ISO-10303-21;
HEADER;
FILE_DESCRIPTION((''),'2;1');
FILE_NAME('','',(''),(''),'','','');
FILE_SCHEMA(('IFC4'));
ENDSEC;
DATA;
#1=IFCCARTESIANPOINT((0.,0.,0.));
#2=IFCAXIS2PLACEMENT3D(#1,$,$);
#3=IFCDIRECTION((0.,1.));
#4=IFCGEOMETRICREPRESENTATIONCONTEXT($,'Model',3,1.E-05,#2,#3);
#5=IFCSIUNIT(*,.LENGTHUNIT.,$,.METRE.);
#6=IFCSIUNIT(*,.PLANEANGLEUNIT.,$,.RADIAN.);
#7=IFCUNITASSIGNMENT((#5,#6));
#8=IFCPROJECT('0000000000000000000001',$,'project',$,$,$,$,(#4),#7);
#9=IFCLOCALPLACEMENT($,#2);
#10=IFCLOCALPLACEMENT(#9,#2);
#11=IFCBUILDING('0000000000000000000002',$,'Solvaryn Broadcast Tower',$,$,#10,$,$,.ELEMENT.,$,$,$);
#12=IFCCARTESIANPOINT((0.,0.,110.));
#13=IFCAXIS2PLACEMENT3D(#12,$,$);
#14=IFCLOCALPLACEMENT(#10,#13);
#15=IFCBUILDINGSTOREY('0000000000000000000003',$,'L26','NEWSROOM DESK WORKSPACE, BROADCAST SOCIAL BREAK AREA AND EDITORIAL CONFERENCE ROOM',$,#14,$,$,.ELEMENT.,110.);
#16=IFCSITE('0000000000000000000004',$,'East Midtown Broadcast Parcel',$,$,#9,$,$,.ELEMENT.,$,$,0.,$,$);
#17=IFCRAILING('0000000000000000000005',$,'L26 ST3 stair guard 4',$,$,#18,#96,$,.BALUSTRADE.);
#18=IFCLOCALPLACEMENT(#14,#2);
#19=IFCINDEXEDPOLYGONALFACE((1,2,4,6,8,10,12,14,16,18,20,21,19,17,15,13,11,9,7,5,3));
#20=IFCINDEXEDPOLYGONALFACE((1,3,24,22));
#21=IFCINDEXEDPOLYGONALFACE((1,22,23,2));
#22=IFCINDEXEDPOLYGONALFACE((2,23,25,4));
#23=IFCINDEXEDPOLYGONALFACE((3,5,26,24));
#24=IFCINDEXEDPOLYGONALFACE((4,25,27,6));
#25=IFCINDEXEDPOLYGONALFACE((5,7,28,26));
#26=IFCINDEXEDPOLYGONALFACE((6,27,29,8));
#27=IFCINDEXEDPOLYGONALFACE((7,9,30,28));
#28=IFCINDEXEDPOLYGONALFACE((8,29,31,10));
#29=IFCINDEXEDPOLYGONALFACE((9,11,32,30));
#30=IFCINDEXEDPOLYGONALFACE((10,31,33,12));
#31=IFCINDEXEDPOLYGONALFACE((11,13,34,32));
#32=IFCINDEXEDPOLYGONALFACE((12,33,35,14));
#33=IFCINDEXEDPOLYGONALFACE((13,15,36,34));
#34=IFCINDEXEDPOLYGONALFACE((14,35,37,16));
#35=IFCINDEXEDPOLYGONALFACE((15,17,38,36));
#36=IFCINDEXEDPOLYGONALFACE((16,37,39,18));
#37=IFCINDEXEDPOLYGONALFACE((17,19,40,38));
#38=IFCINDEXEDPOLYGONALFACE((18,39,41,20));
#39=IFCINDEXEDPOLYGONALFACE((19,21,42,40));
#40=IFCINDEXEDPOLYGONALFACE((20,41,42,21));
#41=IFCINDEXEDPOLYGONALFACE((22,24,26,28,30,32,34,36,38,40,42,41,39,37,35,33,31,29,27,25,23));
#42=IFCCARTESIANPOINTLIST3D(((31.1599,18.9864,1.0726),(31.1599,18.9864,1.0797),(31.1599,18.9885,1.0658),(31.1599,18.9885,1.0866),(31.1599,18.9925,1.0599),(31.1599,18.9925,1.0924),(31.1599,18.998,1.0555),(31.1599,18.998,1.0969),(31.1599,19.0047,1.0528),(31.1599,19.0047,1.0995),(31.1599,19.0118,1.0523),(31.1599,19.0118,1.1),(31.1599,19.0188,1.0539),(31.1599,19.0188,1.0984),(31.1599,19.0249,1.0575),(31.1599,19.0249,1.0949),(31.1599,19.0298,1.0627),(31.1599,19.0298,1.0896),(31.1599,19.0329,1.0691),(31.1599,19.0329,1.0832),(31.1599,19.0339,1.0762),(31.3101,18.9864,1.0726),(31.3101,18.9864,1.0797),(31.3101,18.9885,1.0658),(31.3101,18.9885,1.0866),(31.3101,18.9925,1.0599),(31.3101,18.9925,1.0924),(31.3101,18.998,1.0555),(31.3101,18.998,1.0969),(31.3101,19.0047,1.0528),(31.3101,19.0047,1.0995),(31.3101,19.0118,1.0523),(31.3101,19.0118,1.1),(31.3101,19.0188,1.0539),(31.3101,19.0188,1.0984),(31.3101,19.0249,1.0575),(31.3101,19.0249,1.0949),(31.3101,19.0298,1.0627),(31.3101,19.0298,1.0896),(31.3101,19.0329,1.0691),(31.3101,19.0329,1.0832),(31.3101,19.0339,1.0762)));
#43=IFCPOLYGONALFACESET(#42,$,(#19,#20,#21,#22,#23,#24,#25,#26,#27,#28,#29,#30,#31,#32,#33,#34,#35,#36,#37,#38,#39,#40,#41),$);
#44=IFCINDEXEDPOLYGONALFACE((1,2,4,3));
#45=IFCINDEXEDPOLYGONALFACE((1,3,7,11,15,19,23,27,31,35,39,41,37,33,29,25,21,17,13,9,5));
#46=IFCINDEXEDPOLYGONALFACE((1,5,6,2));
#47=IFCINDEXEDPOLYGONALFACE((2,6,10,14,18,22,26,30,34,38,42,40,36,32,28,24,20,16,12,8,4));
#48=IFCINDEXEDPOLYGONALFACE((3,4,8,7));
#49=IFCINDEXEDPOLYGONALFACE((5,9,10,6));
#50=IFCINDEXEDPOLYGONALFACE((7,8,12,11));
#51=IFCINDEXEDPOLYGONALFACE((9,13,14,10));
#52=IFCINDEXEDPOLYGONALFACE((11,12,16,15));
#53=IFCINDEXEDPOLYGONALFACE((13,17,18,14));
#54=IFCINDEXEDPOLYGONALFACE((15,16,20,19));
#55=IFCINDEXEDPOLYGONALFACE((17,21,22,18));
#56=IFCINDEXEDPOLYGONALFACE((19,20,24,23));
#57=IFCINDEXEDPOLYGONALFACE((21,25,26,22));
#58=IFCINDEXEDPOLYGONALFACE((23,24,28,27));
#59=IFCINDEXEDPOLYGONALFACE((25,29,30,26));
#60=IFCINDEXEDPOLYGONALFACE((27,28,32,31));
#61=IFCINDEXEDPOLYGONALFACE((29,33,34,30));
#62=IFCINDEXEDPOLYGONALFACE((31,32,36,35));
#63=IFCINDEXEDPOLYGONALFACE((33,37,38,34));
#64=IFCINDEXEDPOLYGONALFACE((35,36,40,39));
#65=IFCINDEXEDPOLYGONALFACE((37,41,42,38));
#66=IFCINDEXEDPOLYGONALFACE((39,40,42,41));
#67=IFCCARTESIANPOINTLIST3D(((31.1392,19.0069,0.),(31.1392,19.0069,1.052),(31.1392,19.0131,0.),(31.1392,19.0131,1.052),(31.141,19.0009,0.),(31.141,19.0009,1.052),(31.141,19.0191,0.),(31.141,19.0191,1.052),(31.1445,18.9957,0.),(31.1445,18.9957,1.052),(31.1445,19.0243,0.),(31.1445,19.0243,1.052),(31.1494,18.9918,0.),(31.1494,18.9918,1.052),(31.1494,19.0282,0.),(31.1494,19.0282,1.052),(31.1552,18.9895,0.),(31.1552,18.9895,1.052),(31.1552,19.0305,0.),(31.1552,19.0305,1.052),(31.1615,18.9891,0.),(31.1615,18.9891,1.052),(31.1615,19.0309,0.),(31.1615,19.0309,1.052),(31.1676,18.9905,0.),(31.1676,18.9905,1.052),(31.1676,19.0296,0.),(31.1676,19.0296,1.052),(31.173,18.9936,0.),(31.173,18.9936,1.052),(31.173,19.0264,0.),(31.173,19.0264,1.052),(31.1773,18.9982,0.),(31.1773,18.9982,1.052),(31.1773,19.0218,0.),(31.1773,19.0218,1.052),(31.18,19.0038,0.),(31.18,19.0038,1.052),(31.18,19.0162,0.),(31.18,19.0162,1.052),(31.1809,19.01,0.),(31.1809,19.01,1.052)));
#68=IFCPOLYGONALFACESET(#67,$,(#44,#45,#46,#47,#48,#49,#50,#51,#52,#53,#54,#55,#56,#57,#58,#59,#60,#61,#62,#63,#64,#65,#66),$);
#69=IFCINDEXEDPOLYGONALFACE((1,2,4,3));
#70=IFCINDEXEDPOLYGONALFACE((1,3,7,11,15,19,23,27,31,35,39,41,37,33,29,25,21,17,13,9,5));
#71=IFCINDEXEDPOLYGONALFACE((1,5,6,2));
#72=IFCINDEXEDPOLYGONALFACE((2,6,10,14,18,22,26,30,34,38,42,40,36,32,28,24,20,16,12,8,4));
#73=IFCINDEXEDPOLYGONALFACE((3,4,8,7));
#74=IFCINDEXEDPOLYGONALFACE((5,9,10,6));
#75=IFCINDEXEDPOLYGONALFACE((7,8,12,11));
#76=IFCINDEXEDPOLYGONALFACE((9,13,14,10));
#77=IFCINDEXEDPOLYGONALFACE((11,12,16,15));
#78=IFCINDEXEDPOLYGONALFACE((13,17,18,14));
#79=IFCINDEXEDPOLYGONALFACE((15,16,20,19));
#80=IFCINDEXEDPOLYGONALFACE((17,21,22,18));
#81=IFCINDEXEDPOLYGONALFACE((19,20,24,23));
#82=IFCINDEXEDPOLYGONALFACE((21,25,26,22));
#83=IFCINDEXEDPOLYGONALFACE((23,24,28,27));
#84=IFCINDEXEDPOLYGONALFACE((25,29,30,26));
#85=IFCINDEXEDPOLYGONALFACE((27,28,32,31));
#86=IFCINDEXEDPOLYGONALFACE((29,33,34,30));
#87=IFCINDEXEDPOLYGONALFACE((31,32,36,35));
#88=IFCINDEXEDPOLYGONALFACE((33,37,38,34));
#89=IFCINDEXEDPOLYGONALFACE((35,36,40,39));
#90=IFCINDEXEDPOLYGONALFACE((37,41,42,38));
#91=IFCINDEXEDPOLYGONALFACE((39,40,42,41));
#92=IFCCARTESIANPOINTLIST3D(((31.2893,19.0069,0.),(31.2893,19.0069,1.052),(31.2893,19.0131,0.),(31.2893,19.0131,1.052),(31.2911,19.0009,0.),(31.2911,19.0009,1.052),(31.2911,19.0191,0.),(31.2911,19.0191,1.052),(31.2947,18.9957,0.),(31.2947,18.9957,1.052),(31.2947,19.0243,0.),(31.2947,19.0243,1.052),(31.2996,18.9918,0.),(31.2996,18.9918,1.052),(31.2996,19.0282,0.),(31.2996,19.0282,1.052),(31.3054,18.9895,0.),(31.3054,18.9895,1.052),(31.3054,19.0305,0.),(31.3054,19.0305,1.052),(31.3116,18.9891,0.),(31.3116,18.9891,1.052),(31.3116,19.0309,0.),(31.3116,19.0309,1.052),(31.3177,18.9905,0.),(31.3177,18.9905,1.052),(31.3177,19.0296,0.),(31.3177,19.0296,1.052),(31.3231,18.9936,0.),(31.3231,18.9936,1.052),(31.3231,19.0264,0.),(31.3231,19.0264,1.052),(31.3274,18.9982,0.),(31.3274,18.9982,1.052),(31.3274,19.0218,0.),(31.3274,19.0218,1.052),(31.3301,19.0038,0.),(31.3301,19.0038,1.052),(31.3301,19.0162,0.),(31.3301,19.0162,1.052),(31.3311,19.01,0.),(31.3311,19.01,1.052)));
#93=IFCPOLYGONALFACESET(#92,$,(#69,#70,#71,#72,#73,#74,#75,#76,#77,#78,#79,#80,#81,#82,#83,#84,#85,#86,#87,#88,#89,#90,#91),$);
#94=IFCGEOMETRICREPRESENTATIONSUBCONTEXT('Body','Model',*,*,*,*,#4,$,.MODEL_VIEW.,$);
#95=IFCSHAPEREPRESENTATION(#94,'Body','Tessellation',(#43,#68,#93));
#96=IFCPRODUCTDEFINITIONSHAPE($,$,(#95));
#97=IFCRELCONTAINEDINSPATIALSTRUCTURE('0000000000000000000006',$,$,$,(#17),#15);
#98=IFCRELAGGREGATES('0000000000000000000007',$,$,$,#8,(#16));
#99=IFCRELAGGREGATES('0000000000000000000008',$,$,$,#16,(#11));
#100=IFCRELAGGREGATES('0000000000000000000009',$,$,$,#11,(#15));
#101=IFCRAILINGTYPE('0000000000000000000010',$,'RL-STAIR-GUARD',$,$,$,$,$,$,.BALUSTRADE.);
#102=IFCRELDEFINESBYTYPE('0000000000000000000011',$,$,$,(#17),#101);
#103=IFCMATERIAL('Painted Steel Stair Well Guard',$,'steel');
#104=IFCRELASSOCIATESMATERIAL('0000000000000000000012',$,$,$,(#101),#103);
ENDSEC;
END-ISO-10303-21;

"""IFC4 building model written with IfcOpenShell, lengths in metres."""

from ifc_helpers import new_model, si_unit, direction, frame, origin, origin_2d, place, context, subcontext, project, spatial, circle, extrude, material, type_object, element, save


model = new_model("IFC4")

# Units and contexts
model_context = context("Model", 3, precision=1e-05, world=origin(), true_north=direction((0.0, 1.0)))
body_context = subcontext(model_context, "Body", "Model", "MODEL_VIEW")
ifc_project = project(units=[si_unit("LENGTHUNIT", "METRE"), si_unit("PLANEANGLEUNIT", "RADIAN")], contexts=[model_context])

# Site, building, storey
site_placement = place(None, origin())
site = spatial("IfcSite", under=ifc_project, at=site_placement, Name="East Midtown Broadcast Parcel", CompositionType="ELEMENT", RefElevation=0.0)
building_placement = place(site_placement, origin())
building = spatial("IfcBuilding", under=site, at=building_placement, Name="Solvaryn Broadcast Tower", CompositionType="ELEMENT")
storey_placement = place(building_placement, frame((0.0, 0.0, 110.0)))
storey = spatial("IfcBuildingStorey", under=building, at=storey_placement, Name="L26", Description="NEWSROOM DESK WORKSPACE, BROADCAST SOCIAL BREAK AREA AND EDITORIAL CONFERENCE ROOM", CompositionType="ELEMENT", Elevation=110.0)

# Railing
ifc_material_1 = material(Name="Painted Steel Stair Well Guard", Category="steel")
railing_type_1 = type_object("IfcRailingType", Name="RL-STAIR-GUARD", PredefinedType="BALUSTRADE", material=ifc_material_1)
railing_1_placement = place(storey_placement, frame((31.1599, 19.01, 0.0)))
element("IfcRailing", 1, at=railing_1_placement, inside=storey, type_object=railing_type_1, Name="L26 ST3 stair guard 4", PredefinedType="BALUSTRADE", context=body_context, shape_type="SweptSolid", body=[
    extrude(circle(Radius=0.0239, at=origin_2d()), frame((0.0, 0.0, 1.0762), z_axis=(1.0, 0.0, 0.0), x_axis=(0.0, 1.0, 0.0)), (0.0, 0.0, 1.0), 0.1501),
    extrude(circle(Radius=0.021, at=origin_2d()), origin(), (0.0, 0.0, 1.0), 1.052),
    extrude(circle(Radius=0.021, at=origin_2d()), frame((0.1501, 0.0, 0.0)), (0.0, 0.0, 1.0), 1.052),
])

save(model, "model.ifc")
